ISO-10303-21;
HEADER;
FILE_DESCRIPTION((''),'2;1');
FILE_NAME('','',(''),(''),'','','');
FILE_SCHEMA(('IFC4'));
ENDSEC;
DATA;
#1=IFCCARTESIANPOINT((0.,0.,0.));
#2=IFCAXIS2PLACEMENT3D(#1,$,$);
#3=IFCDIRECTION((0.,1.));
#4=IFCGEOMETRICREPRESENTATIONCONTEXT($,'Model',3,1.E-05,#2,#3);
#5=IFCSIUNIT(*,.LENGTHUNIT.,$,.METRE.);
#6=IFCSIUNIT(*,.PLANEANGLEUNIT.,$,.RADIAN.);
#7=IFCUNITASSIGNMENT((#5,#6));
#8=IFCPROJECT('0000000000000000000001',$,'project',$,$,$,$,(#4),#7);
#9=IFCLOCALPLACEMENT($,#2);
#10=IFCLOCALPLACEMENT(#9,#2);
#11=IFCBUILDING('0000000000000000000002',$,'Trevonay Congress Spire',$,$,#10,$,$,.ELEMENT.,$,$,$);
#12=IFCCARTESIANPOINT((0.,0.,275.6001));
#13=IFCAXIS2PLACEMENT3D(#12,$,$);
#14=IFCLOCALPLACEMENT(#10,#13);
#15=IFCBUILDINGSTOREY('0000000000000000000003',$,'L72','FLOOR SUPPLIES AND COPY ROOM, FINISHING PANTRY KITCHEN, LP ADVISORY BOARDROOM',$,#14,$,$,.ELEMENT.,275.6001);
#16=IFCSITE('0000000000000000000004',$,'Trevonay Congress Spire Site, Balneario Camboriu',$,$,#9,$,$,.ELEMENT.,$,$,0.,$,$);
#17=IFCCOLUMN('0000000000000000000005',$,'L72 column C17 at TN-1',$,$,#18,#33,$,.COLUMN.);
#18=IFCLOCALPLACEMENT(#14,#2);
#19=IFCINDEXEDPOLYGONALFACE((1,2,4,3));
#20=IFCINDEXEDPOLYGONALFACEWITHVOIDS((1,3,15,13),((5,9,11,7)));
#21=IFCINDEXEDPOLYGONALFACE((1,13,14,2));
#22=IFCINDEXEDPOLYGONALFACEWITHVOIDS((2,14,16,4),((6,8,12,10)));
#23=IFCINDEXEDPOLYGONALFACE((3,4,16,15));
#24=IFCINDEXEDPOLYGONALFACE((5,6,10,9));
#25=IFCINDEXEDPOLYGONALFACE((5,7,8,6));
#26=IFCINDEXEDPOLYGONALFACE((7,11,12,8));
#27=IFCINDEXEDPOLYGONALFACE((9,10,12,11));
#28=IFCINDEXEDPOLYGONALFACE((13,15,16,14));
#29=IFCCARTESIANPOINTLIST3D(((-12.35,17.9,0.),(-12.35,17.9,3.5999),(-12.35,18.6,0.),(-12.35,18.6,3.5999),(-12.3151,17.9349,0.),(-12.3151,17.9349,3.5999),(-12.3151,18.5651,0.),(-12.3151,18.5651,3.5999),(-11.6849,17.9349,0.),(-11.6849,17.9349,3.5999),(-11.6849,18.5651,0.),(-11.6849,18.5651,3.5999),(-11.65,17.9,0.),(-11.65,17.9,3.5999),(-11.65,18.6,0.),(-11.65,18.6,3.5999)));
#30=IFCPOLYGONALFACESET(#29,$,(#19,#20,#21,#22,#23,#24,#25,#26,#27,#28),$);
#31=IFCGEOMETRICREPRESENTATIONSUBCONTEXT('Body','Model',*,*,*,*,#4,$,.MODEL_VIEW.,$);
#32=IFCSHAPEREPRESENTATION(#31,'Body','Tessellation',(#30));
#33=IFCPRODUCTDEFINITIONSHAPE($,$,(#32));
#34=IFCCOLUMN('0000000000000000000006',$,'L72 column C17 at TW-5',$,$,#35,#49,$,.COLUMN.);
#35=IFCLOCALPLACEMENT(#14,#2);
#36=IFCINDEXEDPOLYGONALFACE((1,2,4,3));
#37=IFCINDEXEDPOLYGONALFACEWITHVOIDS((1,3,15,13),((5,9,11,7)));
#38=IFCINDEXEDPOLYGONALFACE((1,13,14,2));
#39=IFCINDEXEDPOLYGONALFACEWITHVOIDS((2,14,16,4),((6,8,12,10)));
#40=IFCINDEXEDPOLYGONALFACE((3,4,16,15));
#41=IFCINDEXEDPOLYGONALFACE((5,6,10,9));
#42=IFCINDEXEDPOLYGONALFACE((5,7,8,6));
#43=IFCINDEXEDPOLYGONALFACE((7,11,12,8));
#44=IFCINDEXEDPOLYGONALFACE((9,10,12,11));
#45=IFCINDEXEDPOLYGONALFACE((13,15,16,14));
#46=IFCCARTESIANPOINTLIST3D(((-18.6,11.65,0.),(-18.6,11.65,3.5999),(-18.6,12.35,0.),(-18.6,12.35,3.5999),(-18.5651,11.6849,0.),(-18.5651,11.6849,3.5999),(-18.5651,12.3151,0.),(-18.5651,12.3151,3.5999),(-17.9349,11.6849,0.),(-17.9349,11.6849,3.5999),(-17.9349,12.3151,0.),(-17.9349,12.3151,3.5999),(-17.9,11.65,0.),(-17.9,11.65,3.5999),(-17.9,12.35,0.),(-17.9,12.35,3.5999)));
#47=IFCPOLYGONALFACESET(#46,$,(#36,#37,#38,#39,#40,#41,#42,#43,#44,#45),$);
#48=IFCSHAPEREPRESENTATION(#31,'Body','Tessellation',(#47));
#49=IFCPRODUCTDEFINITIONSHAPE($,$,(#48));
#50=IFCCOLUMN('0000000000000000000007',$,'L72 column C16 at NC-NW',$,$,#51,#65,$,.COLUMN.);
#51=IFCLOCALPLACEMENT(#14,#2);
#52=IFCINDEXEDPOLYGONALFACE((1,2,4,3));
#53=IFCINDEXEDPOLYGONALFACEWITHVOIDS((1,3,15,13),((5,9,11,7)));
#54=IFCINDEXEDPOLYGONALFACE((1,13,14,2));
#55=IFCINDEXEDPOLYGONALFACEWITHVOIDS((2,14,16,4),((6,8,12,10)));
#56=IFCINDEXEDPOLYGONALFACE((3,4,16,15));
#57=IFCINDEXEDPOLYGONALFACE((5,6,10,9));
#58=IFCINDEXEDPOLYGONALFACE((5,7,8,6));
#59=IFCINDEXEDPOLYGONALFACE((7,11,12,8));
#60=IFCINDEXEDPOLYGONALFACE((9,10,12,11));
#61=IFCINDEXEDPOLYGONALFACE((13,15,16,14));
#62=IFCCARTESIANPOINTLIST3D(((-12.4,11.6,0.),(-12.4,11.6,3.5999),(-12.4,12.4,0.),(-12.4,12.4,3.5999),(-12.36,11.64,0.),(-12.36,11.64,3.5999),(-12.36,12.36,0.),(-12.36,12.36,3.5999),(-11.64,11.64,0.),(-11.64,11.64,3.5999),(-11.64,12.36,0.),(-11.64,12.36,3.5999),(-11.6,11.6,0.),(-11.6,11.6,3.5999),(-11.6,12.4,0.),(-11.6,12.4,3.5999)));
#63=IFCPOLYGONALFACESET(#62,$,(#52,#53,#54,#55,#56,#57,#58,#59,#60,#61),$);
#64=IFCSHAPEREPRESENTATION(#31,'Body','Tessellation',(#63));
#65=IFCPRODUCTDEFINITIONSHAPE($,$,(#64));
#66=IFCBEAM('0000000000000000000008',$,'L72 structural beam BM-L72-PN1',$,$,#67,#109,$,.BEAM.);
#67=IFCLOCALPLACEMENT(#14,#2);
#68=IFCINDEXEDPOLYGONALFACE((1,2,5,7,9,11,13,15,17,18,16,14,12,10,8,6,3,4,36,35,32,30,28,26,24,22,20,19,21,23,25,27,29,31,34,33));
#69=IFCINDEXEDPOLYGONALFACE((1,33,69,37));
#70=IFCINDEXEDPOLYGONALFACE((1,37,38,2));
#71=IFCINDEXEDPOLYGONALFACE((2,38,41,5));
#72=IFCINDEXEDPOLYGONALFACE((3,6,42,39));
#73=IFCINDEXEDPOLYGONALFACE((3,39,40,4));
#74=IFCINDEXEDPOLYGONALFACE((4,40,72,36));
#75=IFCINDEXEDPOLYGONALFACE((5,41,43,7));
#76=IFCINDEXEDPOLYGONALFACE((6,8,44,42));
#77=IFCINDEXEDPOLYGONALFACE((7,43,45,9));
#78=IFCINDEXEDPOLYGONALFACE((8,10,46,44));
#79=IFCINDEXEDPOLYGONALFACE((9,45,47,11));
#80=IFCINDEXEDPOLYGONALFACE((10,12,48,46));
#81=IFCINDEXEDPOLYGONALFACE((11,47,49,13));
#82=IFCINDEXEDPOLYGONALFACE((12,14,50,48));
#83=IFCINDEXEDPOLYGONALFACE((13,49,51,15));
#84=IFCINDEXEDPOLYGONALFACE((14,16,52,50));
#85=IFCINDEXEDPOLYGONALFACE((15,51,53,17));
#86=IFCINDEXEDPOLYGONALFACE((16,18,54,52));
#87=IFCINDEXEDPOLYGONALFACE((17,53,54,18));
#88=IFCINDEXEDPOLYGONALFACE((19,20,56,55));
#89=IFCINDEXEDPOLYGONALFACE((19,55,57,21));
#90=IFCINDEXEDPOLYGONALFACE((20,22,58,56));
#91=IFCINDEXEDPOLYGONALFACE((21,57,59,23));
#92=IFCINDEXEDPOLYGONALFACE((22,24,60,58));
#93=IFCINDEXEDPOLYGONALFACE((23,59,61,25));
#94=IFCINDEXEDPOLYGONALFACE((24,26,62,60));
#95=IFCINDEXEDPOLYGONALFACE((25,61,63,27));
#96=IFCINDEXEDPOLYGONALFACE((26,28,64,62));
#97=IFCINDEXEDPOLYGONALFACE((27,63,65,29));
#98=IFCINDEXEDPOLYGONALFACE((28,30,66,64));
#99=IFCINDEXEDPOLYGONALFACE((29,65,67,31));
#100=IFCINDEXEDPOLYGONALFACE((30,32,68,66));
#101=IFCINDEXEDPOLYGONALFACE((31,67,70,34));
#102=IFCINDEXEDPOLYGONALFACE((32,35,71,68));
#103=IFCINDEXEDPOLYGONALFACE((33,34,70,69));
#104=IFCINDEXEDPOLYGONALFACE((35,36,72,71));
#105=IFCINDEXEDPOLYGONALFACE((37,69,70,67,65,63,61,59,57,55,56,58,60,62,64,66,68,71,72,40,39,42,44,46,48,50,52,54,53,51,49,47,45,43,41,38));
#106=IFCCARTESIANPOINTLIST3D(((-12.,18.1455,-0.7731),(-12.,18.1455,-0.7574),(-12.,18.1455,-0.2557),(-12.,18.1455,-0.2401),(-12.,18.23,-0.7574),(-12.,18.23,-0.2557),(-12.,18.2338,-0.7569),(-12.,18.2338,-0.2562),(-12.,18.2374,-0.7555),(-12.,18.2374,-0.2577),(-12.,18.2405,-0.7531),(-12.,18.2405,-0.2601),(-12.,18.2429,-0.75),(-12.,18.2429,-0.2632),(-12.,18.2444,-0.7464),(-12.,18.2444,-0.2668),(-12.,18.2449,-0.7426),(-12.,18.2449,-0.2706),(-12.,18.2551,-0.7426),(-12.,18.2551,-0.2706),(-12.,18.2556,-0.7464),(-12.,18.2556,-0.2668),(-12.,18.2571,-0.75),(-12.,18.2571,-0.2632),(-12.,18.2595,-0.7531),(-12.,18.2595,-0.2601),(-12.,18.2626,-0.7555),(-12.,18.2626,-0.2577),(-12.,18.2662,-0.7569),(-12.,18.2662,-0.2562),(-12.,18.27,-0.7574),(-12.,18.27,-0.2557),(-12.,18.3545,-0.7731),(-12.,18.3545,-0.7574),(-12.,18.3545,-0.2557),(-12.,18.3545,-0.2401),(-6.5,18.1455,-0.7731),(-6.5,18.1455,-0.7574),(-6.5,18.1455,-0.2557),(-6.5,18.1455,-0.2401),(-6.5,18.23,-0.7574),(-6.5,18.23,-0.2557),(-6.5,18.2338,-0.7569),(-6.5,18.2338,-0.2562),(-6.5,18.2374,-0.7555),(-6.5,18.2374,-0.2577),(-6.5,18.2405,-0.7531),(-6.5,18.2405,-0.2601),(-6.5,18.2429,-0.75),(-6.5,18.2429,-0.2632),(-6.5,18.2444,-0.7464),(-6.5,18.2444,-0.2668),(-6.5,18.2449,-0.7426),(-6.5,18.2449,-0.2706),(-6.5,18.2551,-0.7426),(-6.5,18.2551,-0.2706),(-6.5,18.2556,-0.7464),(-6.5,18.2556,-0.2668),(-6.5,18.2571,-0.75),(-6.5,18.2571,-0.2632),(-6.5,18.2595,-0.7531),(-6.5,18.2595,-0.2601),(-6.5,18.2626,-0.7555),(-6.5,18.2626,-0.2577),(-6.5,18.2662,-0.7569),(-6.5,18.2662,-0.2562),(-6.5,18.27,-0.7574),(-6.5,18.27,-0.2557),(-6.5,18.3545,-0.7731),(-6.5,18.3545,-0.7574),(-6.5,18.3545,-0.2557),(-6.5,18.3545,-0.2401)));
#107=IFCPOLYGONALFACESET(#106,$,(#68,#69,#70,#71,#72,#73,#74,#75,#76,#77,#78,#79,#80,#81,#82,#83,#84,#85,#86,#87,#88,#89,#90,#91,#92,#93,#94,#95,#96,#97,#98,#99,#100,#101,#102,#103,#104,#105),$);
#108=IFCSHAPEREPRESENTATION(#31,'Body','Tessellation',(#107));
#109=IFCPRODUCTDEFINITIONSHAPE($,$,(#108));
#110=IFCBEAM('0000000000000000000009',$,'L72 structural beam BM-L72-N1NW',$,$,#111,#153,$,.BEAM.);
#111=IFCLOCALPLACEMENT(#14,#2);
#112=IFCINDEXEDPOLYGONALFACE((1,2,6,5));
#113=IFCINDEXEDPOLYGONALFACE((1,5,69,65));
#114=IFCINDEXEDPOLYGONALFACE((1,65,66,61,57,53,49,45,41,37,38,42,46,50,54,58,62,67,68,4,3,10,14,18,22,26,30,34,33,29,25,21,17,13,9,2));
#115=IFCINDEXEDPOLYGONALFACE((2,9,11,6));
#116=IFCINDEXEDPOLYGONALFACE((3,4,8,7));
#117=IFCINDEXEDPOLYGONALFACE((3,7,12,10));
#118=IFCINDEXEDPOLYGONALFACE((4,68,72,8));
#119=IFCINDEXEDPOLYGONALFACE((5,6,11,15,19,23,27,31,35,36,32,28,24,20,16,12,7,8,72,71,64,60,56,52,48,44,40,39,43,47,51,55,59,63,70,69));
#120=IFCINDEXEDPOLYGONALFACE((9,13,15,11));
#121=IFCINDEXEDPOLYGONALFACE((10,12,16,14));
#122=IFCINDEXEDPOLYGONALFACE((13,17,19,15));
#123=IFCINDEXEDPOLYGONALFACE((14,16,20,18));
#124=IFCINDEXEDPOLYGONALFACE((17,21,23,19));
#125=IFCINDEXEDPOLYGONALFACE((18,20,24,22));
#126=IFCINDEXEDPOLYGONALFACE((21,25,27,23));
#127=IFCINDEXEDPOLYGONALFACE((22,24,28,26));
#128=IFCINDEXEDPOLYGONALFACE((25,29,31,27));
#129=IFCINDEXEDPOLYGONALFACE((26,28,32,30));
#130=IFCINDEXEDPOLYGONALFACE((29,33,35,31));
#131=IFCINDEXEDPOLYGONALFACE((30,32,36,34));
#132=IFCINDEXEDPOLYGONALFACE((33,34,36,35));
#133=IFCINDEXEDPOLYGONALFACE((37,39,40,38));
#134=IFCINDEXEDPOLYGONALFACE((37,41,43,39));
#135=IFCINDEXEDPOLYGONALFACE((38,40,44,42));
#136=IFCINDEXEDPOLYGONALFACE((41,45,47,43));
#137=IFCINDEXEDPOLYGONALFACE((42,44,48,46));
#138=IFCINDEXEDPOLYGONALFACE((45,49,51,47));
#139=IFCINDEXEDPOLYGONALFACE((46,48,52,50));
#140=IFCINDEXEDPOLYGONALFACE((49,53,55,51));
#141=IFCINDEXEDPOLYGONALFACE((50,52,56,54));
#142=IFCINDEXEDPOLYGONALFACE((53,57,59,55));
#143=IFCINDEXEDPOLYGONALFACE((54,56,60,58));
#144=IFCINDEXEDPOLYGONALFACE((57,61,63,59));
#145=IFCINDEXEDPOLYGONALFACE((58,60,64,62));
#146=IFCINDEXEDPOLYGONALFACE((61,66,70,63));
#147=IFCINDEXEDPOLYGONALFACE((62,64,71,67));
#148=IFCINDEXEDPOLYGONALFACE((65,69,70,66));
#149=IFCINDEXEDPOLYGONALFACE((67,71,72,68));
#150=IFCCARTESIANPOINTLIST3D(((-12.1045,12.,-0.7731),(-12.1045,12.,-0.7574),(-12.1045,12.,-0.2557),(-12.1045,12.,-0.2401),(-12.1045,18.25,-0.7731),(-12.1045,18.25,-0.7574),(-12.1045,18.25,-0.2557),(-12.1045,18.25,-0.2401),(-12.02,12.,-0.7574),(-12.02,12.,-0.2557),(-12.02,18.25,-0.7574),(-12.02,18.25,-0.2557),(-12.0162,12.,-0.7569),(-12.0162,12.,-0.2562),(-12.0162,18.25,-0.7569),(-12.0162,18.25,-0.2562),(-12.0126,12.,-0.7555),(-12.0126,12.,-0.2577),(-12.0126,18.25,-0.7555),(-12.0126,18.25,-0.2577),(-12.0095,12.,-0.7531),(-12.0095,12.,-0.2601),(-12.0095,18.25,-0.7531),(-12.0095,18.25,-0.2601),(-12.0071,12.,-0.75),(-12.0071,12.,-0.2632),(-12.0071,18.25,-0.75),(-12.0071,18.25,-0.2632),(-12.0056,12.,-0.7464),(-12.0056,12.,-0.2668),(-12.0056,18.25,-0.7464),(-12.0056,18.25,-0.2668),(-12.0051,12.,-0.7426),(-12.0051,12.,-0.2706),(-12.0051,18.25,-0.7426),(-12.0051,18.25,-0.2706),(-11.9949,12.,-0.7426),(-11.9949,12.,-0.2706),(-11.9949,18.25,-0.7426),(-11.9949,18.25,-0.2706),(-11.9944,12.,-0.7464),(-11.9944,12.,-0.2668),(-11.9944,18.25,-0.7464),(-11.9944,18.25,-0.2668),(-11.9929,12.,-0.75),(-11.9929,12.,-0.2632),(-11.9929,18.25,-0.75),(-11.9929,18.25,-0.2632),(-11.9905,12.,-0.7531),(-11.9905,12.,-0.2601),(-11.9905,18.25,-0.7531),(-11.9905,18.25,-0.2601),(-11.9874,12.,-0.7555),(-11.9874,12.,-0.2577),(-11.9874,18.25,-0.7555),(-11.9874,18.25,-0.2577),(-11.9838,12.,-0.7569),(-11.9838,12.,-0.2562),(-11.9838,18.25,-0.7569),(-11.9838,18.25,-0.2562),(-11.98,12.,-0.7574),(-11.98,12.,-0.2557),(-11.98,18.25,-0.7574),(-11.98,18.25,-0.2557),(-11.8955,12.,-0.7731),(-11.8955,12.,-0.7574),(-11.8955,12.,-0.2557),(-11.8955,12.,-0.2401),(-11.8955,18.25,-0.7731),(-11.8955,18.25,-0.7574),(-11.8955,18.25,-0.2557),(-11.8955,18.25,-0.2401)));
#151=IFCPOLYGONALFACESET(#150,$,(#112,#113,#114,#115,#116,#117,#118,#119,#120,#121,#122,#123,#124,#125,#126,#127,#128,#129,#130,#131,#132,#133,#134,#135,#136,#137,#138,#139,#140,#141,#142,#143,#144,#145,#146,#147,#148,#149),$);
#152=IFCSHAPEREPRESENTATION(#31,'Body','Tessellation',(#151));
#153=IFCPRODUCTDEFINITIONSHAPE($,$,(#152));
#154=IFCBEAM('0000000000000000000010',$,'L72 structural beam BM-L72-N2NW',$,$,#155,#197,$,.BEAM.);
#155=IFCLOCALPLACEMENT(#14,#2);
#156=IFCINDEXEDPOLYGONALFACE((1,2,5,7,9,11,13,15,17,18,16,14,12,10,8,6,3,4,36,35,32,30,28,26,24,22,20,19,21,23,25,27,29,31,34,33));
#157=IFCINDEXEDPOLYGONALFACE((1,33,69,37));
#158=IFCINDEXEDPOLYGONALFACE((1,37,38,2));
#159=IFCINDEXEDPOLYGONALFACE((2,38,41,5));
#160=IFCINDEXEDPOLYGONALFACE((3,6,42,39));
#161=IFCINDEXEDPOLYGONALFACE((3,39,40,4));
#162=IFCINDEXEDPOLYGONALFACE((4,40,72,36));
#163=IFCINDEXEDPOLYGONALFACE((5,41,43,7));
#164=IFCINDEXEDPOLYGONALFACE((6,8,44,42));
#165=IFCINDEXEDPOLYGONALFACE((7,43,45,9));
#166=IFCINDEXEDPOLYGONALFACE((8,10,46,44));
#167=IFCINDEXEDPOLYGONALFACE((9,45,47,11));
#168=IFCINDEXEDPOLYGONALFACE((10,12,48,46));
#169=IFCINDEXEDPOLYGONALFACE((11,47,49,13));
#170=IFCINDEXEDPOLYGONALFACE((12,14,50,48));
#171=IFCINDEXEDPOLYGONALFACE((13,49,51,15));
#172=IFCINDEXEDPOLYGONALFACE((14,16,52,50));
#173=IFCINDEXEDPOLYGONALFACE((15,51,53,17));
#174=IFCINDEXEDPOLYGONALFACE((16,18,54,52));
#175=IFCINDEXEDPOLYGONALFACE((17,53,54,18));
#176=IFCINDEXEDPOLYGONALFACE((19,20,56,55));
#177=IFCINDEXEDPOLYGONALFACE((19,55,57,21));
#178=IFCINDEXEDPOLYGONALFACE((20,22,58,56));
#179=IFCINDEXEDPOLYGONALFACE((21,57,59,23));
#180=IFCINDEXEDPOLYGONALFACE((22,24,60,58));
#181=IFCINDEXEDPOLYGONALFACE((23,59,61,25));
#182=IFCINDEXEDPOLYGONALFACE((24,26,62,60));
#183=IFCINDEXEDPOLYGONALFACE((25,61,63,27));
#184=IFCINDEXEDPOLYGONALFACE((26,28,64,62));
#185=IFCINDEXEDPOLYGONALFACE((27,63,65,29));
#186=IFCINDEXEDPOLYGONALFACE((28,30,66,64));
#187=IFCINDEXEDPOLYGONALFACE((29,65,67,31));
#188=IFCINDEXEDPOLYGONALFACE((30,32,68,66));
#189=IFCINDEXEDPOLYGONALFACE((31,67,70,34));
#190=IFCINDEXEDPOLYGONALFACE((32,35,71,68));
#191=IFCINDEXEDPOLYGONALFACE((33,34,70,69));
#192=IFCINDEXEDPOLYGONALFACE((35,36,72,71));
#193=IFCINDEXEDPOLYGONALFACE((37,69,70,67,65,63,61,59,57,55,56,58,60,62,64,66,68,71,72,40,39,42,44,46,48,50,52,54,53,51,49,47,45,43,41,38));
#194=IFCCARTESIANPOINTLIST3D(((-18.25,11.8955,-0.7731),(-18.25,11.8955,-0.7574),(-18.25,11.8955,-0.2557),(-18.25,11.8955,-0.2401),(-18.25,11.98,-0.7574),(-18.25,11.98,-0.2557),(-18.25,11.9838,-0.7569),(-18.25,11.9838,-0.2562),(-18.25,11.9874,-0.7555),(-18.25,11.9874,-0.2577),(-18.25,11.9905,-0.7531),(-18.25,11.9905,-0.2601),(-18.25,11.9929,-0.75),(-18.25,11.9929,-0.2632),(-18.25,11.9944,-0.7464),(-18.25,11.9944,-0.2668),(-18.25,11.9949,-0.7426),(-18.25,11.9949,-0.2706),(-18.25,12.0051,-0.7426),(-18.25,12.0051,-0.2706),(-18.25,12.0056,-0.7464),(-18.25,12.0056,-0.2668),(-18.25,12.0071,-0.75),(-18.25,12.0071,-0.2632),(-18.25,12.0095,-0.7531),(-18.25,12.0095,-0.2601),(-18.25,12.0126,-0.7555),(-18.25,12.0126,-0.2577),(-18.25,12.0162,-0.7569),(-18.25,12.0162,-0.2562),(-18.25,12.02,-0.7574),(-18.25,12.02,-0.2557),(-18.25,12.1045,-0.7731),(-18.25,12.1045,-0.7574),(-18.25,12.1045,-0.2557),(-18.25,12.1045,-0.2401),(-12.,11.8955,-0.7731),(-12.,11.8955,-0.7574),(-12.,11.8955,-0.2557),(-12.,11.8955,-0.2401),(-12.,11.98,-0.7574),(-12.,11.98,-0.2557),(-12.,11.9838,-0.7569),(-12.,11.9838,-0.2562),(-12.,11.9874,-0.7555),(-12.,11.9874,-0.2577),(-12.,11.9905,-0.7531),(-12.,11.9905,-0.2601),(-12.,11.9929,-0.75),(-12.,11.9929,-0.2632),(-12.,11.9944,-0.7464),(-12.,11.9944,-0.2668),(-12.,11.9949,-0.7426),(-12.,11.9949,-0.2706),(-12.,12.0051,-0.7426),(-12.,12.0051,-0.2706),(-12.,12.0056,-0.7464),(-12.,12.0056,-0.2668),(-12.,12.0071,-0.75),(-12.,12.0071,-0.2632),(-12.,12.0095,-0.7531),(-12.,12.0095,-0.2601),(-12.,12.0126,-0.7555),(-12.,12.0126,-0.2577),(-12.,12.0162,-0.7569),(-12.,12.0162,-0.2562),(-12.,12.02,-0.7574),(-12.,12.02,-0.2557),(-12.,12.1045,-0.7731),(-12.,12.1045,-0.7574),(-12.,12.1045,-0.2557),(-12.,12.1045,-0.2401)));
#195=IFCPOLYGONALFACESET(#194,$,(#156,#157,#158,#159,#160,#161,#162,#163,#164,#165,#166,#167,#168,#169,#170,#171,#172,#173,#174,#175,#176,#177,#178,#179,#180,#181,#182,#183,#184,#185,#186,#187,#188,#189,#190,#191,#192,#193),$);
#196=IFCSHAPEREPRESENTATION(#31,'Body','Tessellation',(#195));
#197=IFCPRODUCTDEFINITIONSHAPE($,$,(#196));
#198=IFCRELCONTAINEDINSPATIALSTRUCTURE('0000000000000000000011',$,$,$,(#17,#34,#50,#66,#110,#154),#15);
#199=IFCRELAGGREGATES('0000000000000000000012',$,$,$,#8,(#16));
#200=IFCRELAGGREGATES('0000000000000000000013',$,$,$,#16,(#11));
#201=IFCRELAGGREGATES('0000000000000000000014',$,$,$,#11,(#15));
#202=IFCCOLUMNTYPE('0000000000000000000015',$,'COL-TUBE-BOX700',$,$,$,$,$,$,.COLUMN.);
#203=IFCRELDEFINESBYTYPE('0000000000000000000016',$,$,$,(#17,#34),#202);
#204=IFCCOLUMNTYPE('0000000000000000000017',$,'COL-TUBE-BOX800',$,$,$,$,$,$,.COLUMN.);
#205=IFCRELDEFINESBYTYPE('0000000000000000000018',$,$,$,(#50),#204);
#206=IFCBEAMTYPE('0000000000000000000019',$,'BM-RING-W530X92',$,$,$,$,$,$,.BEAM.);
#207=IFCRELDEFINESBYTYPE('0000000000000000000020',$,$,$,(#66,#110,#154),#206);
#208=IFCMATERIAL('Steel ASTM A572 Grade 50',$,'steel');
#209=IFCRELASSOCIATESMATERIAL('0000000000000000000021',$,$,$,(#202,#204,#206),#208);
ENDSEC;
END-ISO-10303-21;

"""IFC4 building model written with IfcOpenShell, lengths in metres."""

from ifc_helpers import new_model, si_unit, direction, frame, origin, origin_2d, place, context, subcontext, project, spatial, hollow_rectangle, i_section, extrude, material, material_profile, profile_set, type_object, element, save


model = new_model("IFC4")

# Units and contexts
model_context = context("Model", 3, precision=1e-05, world=origin(), true_north=direction((0.0, 1.0)))
body_context = subcontext(model_context, "Body", "Model", "MODEL_VIEW")
ifc_project = project(units=[si_unit("LENGTHUNIT", "METRE"), si_unit("PLANEANGLEUNIT", "RADIAN")], contexts=[model_context])

# Site, building, storey
site_placement = place(None, origin())
site = spatial("IfcSite", under=ifc_project, at=site_placement, Name="Trevonay Congress Spire Site, Balneario Camboriu", CompositionType="ELEMENT", RefElevation=0.0)
building_placement = place(site_placement, origin())
building = spatial("IfcBuilding", under=site, at=building_placement, Name="Trevonay Congress Spire", CompositionType="ELEMENT")
storey_placement = place(building_placement, frame((0.0, 0.0, 275.6001)))
storey = spatial("IfcBuildingStorey", under=building, at=storey_placement, Name="L72", Description="FLOOR SUPPLIES AND COPY ROOM, FINISHING PANTRY KITCHEN, LP ADVISORY BOARDROOM", CompositionType="ELEMENT", Elevation=275.6001)

# Columns
ifc_material_1 = material(Name="Steel ASTM A572 Grade 50", Category="steel")
ifc_material_profile_1 = material_profile(ifc_material_1, hollow_rectangle(XDim=0.7, YDim=0.7, WallThickness=0.0349, at=origin_2d()), Name="BOX 700x700x35")
ifc_profile_set_1 = profile_set([ifc_material_profile_1], Name="Steel ASTM A572 Grade 50")
column_type_1 = type_object("IfcColumnType", Name="COL-TUBE-BOX700", PredefinedType="COLUMN", material=ifc_profile_set_1)
for number, where, z_axis, x_axis, name in (
    (1, (-12.0, 18.25, 0.0), (0.0, 0.0, 1.0), (1.0, 0.0, 0.0), "L72 column C17 at TN-1"),
    (2, (-18.25, 12.0, 0.0), (0.0, 0.0, 1.0), (1.0, 0.0, 0.0), "L72 column C17 at TW-5"),
):
    element("IfcColumn", number, at=place(storey_placement, frame(where, z_axis=z_axis, x_axis=x_axis)), inside=storey, type_object=column_type_1, Name=name, PredefinedType="COLUMN", context=body_context, shape_type="SweptSolid", body=[
        extrude(hollow_rectangle(XDim=0.7, YDim=0.7, WallThickness=0.0349, at=origin_2d()), origin(), (0.0, 0.0, 1.0), 3.5999),
    ])
ifc_material_profile_2 = material_profile(ifc_material_1, hollow_rectangle(XDim=0.8, YDim=0.8, WallThickness=0.04, at=origin_2d()), Name="BOX 800x800x40")
ifc_profile_set_2 = profile_set([ifc_material_profile_2], Name="Steel ASTM A572 Grade 50")
column_type_2 = type_object("IfcColumnType", Name="COL-TUBE-BOX800", PredefinedType="COLUMN", material=ifc_profile_set_2)
column_placement = place(storey_placement, frame((-12.0, 12.0, 0.0), z_axis=(0.0, 0.0, 1.0), x_axis=(1.0, 0.0, 0.0)))
element("IfcColumn", 3, at=column_placement, inside=storey, type_object=column_type_2, Name="L72 column C16 at NC-NW", PredefinedType="COLUMN", context=body_context, shape_type="SweptSolid", body=[
    extrude(hollow_rectangle(XDim=0.8, YDim=0.8, WallThickness=0.04, at=origin_2d()), origin(), (0.0, 0.0, 1.0), 3.5999),
])

# Beams
ifc_material_profile_3 = material_profile(ifc_material_1, i_section(OverallWidth=0.209, OverallDepth=0.533, WebThickness=0.0103, FlangeThickness=0.0156, FilletRadius=0.0149, at=origin_2d()), Name="W530x92")
ifc_profile_set_3 = profile_set([ifc_material_profile_3], Name="Steel ASTM A572 Grade 50")
beam_type = type_object("IfcBeamType", Name="BM-RING-W530X92", PredefinedType="BEAM", material=ifc_profile_set_3)
beam_placement = place(storey_placement, frame((-12.0, 18.25, -0.5066), z_axis=(1.0, 0.0, 0.0), x_axis=(0.0, 1.0, 0.0)))
element("IfcBeam", 4, at=beam_placement, inside=storey, type_object=beam_type, Name="L72 structural beam BM-L72-PN1", PredefinedType="BEAM", context=body_context, shape_type="SweptSolid", body=[
    extrude(i_section(OverallWidth=0.209, OverallDepth=0.533, WebThickness=0.0103, FlangeThickness=0.0156, FilletRadius=0.0149, at=origin_2d()), origin(), (0.0, 0.0, 1.0), 5.5),
])
for number, where, z_axis, x_axis, name in (
    (5, (-12.0, 18.25, -0.5066), (0.0, -1.0, 0.0), (1.0, 0.0, 0.0), "L72 structural beam BM-L72-N1NW"),
    (6, (-18.25, 12.0, -0.5066), (1.0, 0.0, 0.0), (0.0, 1.0, 0.0), "L72 structural beam BM-L72-N2NW"),
):
    element("IfcBeam", number, at=place(storey_placement, frame(where, z_axis=z_axis, x_axis=x_axis)), inside=storey, type_object=beam_type, Name=name, PredefinedType="BEAM", context=body_context, shape_type="SweptSolid", body=[
        extrude(i_section(OverallWidth=0.209, OverallDepth=0.533, WebThickness=0.0103, FlangeThickness=0.0156, FilletRadius=0.0149, at=origin_2d()), origin(), (0.0, 0.0, 1.0), 6.25),
    ])

save(model, "model.ifc")
